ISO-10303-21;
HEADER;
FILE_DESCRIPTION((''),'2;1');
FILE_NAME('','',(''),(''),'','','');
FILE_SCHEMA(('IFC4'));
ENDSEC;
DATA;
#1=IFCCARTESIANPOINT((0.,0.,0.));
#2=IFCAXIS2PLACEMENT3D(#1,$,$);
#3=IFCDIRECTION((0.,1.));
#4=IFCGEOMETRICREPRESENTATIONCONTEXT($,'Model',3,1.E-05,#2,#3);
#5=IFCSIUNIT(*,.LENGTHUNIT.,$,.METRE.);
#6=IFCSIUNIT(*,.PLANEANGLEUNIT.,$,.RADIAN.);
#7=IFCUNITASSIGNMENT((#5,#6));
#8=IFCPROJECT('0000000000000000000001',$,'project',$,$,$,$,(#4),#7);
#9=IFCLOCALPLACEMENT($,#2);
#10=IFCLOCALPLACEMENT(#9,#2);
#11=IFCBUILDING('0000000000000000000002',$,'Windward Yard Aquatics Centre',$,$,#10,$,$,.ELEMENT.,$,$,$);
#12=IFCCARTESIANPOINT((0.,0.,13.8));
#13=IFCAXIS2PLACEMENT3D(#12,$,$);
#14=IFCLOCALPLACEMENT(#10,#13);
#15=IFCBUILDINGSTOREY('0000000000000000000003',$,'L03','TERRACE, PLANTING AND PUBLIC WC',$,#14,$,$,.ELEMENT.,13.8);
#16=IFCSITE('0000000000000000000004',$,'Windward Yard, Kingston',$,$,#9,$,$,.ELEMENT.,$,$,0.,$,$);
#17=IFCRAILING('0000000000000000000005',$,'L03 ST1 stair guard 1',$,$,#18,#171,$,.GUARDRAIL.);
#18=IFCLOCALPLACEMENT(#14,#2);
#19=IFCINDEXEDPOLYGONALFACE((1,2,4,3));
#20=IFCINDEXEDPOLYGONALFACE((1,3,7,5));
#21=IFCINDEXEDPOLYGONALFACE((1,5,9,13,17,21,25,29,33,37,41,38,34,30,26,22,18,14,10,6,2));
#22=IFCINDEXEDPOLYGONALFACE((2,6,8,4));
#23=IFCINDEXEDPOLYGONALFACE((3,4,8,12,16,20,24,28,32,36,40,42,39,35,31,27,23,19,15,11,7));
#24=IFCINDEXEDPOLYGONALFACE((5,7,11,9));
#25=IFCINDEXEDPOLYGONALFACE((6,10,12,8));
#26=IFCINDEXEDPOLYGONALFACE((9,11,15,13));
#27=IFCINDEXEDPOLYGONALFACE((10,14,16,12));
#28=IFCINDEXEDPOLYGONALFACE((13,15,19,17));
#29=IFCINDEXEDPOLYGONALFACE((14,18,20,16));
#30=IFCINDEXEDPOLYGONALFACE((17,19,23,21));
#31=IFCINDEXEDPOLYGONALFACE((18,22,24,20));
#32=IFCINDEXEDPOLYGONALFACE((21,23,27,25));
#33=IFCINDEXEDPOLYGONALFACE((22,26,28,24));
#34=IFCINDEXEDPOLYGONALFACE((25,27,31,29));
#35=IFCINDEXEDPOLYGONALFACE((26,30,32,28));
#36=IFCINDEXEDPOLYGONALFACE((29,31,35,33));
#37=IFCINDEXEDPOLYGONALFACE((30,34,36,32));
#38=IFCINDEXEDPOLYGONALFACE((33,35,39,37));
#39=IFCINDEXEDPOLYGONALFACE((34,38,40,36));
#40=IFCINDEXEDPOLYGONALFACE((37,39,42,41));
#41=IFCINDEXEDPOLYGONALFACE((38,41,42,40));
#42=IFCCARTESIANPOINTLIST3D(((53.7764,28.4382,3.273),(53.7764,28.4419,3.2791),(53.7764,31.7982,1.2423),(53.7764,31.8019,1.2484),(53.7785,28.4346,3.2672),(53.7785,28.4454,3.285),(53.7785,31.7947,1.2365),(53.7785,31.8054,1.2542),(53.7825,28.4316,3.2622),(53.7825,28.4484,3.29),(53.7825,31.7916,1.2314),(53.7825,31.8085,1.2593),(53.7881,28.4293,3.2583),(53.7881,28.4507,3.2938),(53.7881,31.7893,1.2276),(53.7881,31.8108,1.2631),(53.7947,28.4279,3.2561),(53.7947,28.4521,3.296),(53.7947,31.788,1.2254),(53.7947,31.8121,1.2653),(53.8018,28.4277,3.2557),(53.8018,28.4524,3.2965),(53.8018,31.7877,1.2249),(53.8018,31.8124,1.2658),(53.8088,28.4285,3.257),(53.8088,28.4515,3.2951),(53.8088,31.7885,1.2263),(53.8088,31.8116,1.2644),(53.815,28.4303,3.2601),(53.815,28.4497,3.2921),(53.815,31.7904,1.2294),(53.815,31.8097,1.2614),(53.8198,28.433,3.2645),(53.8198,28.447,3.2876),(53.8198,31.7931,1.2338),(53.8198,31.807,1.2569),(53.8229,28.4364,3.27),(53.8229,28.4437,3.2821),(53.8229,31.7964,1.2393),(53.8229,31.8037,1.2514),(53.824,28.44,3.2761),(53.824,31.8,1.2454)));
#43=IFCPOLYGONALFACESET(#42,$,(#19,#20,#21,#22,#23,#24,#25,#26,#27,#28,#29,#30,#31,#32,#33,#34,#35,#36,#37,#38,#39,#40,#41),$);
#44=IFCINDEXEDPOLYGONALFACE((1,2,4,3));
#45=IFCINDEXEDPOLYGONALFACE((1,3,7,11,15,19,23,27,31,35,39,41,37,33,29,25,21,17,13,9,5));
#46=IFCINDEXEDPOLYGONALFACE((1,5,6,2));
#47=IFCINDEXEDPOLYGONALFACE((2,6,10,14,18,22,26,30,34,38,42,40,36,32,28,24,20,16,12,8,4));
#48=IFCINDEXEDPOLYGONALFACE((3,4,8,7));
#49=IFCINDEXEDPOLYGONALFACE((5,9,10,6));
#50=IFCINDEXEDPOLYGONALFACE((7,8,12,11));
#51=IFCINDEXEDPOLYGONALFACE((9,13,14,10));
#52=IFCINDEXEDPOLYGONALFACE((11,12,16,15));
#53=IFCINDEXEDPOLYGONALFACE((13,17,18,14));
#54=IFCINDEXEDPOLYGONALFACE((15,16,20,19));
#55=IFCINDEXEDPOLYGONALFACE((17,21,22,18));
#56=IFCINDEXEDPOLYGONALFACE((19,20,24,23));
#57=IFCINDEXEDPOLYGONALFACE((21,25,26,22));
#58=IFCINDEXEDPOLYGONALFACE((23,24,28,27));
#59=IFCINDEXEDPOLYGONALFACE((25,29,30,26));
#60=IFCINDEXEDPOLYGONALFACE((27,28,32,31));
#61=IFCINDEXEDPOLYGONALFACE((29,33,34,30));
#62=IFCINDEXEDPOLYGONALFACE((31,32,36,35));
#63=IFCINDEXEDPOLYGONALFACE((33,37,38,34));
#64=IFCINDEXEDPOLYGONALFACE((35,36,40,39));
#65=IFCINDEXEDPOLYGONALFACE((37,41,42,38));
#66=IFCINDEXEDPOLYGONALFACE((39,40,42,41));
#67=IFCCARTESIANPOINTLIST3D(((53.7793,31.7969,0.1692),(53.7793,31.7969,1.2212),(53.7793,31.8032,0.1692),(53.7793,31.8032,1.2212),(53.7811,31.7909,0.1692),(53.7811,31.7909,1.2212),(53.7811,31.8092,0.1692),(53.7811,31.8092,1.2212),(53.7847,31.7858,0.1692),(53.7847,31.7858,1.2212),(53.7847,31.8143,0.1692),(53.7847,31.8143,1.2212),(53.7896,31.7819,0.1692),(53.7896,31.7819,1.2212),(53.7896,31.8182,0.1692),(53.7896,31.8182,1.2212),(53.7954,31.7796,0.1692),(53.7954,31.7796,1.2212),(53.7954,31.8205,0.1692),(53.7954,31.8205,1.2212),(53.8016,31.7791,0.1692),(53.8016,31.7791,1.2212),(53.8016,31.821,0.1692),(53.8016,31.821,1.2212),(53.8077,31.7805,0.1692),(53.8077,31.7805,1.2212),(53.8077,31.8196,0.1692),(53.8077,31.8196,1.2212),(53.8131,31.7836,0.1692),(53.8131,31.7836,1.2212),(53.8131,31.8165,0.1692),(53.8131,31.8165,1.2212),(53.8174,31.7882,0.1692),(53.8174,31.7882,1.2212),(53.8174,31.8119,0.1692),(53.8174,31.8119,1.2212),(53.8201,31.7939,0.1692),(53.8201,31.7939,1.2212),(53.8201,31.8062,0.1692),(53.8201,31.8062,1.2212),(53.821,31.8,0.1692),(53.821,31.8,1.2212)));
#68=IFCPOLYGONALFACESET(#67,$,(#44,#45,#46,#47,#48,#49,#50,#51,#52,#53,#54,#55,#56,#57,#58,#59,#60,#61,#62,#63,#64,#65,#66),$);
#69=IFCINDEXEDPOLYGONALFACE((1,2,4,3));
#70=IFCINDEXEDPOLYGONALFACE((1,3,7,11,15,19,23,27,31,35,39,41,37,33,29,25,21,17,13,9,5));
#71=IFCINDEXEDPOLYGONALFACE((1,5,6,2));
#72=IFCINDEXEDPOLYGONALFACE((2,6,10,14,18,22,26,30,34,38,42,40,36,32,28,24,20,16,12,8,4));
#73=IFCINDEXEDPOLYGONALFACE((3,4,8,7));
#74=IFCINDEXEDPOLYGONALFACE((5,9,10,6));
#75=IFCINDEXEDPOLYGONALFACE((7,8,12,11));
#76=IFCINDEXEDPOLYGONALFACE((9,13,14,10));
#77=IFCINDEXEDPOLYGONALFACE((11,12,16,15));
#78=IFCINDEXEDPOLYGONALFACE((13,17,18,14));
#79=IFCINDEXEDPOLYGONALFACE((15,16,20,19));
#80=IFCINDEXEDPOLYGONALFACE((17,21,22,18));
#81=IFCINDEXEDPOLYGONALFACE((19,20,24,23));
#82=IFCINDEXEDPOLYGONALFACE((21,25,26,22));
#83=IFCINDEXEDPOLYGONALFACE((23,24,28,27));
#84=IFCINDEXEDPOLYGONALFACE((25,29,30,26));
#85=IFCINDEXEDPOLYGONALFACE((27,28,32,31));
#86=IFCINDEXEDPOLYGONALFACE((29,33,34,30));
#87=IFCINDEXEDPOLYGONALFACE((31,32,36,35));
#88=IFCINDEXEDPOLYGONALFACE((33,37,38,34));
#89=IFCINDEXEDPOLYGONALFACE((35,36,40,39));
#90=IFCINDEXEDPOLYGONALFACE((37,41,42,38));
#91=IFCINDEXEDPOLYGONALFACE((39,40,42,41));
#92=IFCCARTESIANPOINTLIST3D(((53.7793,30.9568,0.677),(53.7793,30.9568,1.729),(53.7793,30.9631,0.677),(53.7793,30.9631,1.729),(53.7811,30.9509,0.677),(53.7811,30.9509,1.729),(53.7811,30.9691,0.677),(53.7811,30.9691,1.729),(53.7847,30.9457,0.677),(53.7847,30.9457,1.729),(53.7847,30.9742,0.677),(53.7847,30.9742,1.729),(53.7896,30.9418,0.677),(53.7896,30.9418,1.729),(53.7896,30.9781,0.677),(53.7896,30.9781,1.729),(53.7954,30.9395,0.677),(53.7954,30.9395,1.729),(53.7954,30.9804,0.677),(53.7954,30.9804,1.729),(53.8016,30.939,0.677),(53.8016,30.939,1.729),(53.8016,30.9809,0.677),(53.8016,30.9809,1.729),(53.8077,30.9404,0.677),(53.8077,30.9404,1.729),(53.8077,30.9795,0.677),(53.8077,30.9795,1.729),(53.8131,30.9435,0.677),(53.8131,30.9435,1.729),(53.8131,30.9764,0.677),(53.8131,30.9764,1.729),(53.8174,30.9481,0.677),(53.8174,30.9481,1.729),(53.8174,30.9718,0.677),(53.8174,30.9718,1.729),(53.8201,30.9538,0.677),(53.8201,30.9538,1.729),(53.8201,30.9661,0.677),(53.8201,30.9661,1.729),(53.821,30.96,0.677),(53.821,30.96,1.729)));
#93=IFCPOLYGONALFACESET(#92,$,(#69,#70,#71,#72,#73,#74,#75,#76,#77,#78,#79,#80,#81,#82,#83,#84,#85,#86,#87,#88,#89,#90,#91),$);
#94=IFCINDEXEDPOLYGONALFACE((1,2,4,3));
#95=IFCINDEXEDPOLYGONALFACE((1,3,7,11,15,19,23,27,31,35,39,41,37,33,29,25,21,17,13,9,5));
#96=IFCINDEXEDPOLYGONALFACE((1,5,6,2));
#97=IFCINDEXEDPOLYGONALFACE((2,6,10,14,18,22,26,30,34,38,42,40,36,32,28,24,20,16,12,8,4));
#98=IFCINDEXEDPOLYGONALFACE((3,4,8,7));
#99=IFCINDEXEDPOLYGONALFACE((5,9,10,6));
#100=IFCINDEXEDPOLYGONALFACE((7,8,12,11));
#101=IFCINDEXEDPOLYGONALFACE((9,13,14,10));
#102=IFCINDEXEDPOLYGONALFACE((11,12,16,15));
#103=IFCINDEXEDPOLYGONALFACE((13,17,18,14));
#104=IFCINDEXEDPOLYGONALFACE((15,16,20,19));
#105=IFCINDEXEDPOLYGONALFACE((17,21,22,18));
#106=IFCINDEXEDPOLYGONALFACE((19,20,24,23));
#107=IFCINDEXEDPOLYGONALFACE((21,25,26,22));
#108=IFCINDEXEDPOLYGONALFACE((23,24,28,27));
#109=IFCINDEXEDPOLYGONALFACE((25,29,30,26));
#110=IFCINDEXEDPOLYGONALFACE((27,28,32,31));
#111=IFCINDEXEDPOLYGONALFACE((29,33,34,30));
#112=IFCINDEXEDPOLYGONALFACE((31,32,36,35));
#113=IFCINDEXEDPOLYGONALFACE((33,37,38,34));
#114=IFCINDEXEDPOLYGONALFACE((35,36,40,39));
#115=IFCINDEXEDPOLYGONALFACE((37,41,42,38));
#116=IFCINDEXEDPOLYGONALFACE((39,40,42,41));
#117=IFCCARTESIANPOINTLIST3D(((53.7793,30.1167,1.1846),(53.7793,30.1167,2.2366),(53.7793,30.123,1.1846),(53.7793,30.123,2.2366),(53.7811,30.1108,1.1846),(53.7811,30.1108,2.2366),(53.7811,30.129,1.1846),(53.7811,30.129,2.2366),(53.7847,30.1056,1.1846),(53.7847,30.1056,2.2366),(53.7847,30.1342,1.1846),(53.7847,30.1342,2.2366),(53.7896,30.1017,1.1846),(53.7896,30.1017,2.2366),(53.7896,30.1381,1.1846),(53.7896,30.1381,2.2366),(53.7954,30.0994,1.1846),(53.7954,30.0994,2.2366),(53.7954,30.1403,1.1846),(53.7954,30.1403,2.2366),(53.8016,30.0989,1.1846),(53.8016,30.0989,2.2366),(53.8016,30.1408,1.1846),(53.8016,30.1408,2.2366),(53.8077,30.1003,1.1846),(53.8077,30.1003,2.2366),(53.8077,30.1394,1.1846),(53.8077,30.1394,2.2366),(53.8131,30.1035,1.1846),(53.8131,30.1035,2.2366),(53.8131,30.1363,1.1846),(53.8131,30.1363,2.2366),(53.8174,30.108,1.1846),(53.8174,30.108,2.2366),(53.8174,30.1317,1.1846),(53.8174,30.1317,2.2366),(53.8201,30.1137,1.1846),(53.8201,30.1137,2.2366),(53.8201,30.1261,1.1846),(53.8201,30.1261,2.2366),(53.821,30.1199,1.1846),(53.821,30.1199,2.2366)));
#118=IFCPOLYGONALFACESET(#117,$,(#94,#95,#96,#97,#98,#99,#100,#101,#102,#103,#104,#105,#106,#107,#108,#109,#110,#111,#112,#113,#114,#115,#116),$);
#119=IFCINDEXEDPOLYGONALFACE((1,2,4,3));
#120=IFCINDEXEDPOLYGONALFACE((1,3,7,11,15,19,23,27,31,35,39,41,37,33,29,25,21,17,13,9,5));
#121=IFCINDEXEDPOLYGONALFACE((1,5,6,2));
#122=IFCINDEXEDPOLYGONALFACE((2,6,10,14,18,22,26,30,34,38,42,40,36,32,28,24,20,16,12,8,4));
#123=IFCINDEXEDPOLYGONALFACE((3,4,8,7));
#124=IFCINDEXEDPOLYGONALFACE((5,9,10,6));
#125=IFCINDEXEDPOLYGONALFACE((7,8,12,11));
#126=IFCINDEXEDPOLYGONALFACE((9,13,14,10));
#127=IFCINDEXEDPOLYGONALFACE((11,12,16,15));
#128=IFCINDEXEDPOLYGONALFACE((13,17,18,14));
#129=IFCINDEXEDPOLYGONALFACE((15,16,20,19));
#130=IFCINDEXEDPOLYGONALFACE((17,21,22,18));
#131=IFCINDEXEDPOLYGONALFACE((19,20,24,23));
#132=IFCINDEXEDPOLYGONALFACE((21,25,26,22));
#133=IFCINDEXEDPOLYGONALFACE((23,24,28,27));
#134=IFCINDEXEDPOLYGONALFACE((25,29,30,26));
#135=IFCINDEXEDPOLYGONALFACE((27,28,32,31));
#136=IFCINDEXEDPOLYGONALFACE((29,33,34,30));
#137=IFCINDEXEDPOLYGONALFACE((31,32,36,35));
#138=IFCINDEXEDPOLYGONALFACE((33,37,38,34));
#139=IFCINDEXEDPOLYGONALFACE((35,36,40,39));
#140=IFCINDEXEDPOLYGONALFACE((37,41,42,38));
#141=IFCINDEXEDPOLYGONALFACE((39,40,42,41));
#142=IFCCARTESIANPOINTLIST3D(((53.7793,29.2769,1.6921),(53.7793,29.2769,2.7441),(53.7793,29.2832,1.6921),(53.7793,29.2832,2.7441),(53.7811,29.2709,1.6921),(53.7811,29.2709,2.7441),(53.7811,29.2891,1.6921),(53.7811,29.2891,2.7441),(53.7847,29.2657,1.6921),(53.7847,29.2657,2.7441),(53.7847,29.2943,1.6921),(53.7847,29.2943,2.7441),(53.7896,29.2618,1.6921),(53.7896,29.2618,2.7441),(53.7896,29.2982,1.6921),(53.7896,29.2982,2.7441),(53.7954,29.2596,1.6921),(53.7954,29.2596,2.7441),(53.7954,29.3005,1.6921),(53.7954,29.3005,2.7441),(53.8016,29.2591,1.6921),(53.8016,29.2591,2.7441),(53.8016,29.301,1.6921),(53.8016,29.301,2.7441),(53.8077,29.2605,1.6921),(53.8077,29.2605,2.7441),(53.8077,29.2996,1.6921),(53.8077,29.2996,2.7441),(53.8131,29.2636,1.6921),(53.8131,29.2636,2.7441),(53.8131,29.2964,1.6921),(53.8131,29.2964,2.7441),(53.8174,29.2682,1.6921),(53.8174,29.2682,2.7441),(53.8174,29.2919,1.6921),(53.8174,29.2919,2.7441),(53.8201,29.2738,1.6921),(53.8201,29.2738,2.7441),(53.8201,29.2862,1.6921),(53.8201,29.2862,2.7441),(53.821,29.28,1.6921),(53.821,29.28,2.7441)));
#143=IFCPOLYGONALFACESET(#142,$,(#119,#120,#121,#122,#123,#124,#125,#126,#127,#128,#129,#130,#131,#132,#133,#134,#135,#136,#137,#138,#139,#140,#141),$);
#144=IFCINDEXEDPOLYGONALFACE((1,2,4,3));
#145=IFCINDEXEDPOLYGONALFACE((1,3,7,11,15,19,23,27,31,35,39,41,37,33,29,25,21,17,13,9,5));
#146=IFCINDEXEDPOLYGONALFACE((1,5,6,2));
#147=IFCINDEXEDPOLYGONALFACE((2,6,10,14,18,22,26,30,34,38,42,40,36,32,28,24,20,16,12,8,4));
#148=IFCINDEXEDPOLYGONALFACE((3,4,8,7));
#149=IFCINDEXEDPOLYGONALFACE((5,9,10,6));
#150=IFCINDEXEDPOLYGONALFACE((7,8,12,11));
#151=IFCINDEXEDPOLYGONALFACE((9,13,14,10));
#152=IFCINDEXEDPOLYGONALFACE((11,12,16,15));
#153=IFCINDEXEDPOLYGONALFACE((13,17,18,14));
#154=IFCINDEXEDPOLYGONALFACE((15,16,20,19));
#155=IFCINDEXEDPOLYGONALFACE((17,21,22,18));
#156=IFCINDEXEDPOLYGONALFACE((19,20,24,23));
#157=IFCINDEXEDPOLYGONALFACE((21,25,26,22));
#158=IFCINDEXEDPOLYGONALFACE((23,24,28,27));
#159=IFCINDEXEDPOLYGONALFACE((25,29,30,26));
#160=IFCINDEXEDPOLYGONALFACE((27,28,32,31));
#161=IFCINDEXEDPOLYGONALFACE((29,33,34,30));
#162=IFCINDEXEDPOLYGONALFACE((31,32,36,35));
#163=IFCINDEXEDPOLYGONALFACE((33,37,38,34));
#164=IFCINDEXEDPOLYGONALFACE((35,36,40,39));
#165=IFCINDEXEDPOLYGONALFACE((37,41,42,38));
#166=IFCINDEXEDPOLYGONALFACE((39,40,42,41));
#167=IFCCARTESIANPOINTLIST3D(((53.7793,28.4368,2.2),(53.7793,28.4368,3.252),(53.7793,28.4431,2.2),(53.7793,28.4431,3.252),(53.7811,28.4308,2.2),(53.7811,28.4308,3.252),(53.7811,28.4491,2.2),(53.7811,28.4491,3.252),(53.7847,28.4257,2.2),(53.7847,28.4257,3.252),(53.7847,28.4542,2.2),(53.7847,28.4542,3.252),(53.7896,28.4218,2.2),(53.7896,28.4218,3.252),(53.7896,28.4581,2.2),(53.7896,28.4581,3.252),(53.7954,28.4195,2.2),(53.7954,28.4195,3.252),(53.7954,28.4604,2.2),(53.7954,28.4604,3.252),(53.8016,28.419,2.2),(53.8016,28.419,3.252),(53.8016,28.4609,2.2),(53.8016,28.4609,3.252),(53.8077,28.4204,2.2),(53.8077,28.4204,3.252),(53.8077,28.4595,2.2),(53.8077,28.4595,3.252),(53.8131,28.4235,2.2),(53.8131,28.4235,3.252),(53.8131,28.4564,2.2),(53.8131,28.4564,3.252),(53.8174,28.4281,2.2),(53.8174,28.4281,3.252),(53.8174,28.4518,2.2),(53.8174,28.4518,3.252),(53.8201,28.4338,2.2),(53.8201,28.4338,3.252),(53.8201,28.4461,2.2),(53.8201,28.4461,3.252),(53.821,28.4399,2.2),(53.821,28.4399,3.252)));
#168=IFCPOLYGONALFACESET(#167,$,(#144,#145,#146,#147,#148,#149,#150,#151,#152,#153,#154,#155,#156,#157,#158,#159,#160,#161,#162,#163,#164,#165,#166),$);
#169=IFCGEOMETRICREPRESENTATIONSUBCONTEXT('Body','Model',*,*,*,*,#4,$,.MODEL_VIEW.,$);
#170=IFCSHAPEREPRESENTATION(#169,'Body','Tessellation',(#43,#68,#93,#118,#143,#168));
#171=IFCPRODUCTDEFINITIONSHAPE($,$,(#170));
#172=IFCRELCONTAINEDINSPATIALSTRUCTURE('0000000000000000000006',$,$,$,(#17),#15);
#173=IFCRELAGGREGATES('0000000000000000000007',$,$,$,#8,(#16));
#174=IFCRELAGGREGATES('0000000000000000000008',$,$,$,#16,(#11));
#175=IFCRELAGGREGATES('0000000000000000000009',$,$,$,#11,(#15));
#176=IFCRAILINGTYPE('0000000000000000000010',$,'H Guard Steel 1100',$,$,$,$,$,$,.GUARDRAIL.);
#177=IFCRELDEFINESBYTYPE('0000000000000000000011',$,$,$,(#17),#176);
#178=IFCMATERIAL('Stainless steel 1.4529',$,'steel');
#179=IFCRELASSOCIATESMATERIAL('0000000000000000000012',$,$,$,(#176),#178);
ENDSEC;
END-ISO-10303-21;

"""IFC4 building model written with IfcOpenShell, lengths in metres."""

from ifc_helpers import new_model, si_unit, direction, frame, origin, origin_2d, place, context, subcontext, project, spatial, circle, extrude, material, type_object, element, save


model = new_model("IFC4")

# Units and contexts
model_context = context("Model", 3, precision=1e-05, world=origin(), true_north=direction((0.0, 1.0)))
body_context = subcontext(model_context, "Body", "Model", "MODEL_VIEW")
ifc_project = project(units=[si_unit("LENGTHUNIT", "METRE"), si_unit("PLANEANGLEUNIT", "RADIAN")], contexts=[model_context])

# Site, building, storey
site_placement = place(None, origin())
site = spatial("IfcSite", under=ifc_project, at=site_placement, Name="Windward Yard, Kingston", CompositionType="ELEMENT", RefElevation=0.0)
building_placement = place(site_placement, origin())
building = spatial("IfcBuilding", under=site, at=building_placement, Name="Windward Yard Aquatics Centre", CompositionType="ELEMENT")
storey_placement = place(building_placement, frame((0.0, 0.0, 13.8)))
storey = spatial("IfcBuildingStorey", under=building, at=storey_placement, Name="L03", Description="TERRACE, PLANTING AND PUBLIC WC", CompositionType="ELEMENT", Elevation=13.8)

# Railing
ifc_material_1 = material(Name="Stainless steel 1.4529", Category="steel")
railing_type_1 = type_object("IfcRailingType", Name="H Guard Steel 1100", PredefinedType="GUARDRAIL", material=ifc_material_1)
railing_1_placement = place(storey_placement, frame((53.8, 31.8, 0.1692)))
element("IfcRailing", 1, at=railing_1_placement, inside=storey, type_object=railing_type_1, Name="L03 ST1 stair guard 1", PredefinedType="GUARDRAIL", context=body_context, shape_type="SweptSolid", body=[
    extrude(circle(Radius=0.0239, at=origin_2d()), frame((0.0, 0.0, 1.0762), z_axis=(0.0, -0.855837, 0.517246), x_axis=(1.0, 0.0, 0.0)), (0.0, 0.0, 1.0), 3.926),
    extrude(circle(Radius=0.021, at=origin_2d()), origin(), (0.0, 0.0, 1.0), 1.052),
    extrude(circle(Radius=0.021, at=origin_2d()), frame((0.0, -0.8401, 0.5078)), (0.0, 0.0, 1.0), 1.052),
    extrude(circle(Radius=0.021, at=origin_2d()), frame((0.0, -1.6802, 1.0154)), (0.0, 0.0, 1.0), 1.052),
    extrude(circle(Radius=0.021, at=origin_2d()), frame((0.0, -2.52, 1.5229)), (0.0, 0.0, 1.0), 1.052),
    extrude(circle(Radius=0.021, at=origin_2d()), frame((0.0, -3.3601, 2.0308)), (0.0, 0.0, 1.0), 1.052),
])

save(model, "model.ifc")
